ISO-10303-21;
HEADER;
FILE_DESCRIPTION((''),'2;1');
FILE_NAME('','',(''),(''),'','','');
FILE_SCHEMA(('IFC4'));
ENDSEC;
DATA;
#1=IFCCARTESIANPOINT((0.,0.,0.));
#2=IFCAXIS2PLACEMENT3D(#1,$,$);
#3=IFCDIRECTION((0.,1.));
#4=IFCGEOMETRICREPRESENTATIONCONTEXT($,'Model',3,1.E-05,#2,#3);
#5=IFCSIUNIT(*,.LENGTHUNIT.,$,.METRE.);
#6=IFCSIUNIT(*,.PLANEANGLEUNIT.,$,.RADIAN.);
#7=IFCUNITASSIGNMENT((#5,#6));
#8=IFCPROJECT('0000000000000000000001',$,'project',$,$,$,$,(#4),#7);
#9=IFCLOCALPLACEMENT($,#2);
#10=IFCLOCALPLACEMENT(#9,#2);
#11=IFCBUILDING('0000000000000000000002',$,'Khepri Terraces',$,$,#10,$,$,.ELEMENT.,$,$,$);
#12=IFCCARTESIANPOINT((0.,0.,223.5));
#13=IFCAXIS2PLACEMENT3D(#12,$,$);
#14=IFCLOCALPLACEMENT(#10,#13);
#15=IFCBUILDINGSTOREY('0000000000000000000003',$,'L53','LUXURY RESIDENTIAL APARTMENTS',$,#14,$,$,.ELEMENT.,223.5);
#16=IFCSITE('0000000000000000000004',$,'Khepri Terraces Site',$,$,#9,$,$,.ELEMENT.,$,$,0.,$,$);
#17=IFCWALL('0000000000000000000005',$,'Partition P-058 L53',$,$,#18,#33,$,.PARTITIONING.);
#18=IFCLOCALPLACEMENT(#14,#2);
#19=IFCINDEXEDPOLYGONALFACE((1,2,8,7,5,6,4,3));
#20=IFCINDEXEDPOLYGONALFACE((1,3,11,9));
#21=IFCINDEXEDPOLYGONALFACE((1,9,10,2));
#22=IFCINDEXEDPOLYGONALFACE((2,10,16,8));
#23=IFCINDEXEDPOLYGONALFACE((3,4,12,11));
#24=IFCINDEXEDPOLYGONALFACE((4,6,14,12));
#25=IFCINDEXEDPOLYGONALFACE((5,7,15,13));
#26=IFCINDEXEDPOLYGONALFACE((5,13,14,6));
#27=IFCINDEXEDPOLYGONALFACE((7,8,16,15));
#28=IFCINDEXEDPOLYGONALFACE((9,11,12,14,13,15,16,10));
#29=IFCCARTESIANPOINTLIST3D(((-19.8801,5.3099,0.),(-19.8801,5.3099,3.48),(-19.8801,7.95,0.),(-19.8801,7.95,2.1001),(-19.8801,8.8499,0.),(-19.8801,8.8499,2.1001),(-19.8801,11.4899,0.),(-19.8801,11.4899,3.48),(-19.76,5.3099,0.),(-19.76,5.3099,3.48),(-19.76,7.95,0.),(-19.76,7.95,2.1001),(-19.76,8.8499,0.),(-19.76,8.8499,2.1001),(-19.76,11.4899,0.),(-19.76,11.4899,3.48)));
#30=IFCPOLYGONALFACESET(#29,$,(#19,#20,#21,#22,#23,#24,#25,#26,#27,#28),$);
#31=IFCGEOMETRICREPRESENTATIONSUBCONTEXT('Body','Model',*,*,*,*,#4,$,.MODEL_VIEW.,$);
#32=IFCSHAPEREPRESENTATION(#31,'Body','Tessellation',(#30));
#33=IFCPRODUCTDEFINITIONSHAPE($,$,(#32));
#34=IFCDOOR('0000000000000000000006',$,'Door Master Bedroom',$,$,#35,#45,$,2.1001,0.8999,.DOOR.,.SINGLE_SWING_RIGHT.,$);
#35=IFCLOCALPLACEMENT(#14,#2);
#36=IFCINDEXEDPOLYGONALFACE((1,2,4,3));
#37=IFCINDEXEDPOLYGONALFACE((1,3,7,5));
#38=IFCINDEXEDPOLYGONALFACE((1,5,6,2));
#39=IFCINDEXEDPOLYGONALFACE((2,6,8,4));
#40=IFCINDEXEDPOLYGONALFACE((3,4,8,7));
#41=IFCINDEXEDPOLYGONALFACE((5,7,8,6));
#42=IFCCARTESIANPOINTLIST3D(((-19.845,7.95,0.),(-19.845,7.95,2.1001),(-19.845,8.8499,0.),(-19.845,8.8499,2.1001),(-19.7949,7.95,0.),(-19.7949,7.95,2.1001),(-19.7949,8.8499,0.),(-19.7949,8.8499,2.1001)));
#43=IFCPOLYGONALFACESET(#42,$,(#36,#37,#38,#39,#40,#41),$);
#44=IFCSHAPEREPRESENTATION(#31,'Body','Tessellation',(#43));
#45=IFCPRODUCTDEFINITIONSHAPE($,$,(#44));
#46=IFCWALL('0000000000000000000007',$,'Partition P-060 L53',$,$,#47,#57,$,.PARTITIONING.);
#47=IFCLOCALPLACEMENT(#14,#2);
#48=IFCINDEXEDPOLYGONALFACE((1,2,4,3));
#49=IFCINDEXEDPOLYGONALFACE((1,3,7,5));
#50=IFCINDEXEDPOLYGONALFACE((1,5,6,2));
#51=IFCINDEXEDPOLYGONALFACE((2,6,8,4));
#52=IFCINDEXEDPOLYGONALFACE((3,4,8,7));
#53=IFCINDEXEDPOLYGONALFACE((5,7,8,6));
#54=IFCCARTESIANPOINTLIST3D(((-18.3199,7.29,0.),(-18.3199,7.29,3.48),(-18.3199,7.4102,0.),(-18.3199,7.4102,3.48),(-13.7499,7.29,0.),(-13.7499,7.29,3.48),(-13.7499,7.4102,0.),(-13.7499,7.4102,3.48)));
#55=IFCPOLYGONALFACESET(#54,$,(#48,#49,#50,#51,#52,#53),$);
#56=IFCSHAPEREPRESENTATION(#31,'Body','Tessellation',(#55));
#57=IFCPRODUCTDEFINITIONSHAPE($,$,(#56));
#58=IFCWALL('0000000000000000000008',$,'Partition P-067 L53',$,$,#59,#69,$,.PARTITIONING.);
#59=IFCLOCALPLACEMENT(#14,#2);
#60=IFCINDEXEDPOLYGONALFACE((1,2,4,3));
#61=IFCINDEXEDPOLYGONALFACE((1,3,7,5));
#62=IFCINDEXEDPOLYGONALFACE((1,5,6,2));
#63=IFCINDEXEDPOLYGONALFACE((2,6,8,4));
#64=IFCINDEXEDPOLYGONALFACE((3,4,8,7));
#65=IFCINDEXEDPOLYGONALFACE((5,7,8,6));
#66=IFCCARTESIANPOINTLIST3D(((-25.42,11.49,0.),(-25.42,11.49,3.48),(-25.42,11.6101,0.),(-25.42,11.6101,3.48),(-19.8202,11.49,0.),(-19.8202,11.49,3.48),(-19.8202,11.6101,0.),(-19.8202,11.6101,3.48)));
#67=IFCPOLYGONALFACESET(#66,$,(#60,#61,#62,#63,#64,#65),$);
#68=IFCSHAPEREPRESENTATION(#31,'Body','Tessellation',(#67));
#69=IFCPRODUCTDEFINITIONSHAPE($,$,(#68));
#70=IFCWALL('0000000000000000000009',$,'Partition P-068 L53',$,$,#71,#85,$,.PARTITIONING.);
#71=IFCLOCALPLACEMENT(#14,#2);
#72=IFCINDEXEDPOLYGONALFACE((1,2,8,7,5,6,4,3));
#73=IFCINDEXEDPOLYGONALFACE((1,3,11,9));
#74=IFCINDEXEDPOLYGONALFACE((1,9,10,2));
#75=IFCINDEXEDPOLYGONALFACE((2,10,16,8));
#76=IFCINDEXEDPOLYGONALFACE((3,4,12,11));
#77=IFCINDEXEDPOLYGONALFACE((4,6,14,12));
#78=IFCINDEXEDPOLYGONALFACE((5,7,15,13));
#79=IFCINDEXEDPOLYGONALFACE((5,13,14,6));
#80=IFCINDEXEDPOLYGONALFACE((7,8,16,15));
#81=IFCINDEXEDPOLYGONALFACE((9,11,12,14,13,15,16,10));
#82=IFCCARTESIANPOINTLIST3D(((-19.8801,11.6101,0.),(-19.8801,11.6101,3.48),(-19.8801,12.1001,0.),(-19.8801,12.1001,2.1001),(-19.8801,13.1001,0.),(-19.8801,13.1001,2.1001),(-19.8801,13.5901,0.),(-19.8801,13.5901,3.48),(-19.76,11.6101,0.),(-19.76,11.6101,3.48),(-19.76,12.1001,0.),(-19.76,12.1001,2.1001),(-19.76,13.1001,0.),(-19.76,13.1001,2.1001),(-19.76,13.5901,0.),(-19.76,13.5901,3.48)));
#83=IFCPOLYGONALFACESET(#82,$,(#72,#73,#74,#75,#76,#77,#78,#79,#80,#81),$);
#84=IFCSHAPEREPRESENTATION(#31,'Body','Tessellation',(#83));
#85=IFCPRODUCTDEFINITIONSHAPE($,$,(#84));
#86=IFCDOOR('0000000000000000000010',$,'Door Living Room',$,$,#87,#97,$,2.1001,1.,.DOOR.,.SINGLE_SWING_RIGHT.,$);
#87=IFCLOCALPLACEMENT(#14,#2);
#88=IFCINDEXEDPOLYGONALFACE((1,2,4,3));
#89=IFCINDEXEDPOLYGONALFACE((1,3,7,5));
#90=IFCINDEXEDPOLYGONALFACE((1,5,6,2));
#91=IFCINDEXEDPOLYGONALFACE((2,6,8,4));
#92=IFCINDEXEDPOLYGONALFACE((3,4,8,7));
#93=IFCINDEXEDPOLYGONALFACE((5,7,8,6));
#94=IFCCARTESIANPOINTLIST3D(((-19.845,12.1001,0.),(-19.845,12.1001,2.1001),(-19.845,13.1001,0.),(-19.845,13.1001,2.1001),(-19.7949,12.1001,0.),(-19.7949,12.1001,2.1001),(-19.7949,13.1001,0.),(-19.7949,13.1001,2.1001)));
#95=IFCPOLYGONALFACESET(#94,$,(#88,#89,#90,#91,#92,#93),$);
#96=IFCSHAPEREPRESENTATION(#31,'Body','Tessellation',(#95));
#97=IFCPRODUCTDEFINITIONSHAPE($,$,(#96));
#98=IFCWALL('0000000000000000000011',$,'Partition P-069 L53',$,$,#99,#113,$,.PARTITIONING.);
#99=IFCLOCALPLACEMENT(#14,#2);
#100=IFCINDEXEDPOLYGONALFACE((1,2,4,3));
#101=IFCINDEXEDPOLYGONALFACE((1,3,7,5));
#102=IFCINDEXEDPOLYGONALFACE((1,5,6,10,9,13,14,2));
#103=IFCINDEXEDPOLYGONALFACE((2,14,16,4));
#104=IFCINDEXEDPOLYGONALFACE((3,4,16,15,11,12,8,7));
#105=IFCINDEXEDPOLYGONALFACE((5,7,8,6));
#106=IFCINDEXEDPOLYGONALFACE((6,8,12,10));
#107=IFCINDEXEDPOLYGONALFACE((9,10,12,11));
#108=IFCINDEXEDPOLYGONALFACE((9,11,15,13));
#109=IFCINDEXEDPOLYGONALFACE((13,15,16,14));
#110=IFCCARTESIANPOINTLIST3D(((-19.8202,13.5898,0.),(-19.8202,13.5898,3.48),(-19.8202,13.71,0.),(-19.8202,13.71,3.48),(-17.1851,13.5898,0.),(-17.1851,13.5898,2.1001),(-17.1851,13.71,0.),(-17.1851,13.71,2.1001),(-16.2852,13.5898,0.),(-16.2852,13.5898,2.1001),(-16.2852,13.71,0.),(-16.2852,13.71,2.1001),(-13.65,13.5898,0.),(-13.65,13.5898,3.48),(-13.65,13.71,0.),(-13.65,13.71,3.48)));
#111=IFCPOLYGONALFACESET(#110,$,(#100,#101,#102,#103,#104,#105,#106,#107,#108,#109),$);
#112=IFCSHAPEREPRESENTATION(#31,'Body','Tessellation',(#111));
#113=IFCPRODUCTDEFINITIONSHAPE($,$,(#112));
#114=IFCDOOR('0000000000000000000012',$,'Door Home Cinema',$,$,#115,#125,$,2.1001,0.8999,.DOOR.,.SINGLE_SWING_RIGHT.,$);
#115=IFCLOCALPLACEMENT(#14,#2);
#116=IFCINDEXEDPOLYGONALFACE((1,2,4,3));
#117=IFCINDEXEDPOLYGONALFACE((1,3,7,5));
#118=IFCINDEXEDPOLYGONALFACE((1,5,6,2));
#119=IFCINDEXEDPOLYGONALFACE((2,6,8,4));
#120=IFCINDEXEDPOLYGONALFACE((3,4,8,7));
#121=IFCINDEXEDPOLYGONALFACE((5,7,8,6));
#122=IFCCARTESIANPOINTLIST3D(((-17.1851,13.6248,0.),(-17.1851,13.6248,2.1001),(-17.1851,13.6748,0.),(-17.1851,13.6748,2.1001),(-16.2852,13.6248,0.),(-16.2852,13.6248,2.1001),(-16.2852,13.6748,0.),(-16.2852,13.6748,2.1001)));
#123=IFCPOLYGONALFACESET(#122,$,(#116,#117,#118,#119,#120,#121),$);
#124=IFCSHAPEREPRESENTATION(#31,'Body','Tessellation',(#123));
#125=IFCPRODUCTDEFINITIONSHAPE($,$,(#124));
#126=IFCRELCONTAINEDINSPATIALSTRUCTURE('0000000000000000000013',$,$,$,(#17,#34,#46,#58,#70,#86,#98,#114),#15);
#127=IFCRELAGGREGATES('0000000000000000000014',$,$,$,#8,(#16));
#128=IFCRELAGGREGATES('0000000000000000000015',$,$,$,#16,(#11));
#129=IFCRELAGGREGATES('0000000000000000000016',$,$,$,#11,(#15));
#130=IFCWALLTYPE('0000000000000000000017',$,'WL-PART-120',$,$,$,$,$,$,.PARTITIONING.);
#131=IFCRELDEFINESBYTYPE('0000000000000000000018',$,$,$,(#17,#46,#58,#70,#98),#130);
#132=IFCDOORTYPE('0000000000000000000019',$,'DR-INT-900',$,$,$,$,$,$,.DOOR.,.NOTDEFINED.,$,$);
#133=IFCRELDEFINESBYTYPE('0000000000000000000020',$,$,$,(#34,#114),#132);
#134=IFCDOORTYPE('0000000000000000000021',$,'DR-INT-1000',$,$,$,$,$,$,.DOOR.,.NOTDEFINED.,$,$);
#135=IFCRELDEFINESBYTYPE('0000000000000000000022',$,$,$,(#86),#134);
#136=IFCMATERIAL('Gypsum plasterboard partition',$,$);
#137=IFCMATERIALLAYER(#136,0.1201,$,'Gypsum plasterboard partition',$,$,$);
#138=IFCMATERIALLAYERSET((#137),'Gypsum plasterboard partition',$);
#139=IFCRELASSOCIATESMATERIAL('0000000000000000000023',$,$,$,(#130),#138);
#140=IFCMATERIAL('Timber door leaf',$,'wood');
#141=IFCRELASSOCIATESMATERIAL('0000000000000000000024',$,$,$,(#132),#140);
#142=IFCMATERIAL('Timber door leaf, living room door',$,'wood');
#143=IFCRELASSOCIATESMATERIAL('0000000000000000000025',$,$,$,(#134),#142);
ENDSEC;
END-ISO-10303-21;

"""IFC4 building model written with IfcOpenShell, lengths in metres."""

from ifc_helpers import new_model, si_unit, direction, frame, frame_2d, origin, place, context, subcontext, project, spatial, rectangle, extrude, material, layer, layer_set, type_object, element, fill, save


model = new_model("IFC4")

# Units and contexts
model_context = context("Model", 3, precision=1e-05, world=origin(), true_north=direction((0.0, 1.0)))
body_context = subcontext(model_context, "Body", "Model", "MODEL_VIEW")
ifc_project = project(units=[si_unit("LENGTHUNIT", "METRE"), si_unit("PLANEANGLEUNIT", "RADIAN")], contexts=[model_context])

# Site, building, storey
site_placement = place(None, origin())
site = spatial("IfcSite", under=ifc_project, at=site_placement, Name="Khepri Terraces Site", CompositionType="ELEMENT", RefElevation=0.0)
building_placement = place(site_placement, origin())
building = spatial("IfcBuilding", under=site, at=building_placement, Name="Khepri Terraces", CompositionType="ELEMENT")
storey_placement = place(building_placement, frame((0.0, 0.0, 223.5)))
storey = spatial("IfcBuildingStorey", under=building, at=storey_placement, Name="L53", Description="LUXURY RESIDENTIAL APARTMENTS", CompositionType="ELEMENT", Elevation=223.5)

# Shared definitions
ifc_material_1 = material(Name="Gypsum plasterboard partition")
ifc_layer_1 = layer(ifc_material_1, 0.1201, Name="Gypsum plasterboard partition")
ifc_layer_set_1 = layer_set([ifc_layer_1], Name="Gypsum plasterboard partition")
wall_type_1 = type_object("IfcWallType", Name="WL-PART-120", PredefinedType="PARTITIONING", material=ifc_layer_set_1)

# Shared definitions
ifc_material_2 = material(Name="Timber door leaf", Category="wood")
door_type_1 = type_object("IfcDoorType", Name="DR-INT-900", OperationType="NOTDEFINED", PredefinedType="DOOR", material=ifc_material_2)

# Wall, opening, door
wall_1_placement = place(storey_placement, frame((-19.8201, 5.3101, 0.0), z_axis=(0.0, 0.0, 1.0), x_axis=(0.0, 1.0, 0.0)))
wall_1 = element("IfcWall", 1, at=wall_1_placement, inside=storey, type_object=wall_type_1, Name="Partition P-058 L53", PredefinedType="PARTITIONING", context=body_context, shape_type="SweptSolid", body=[
    extrude(rectangle(XDim=6.1799, YDim=0.1201, at=frame_2d((3.0898, 0.0))), origin(), (0.0, 0.0, 1.0), 3.48),
])
opening_1_placement = place(wall_1_placement, frame((2.6399, 0.0, 0.0)))
opening_1 = element("IfcOpeningElement", 2, at=opening_1_placement, cuts=wall_1, PredefinedType="OPENING", context=body_context, shape_type="SweptSolid", body=[
    extrude(rectangle(XDim=0.8999, YDim=2.1001, at=frame_2d((0.45, 1.05))), frame((0.0, 0.0701, 0.0), z_axis=(0.0, -1.0, 0.0), x_axis=(1.0, 0.0, 0.0)), (0.0, 0.0, 1.0), 0.1401),
])
door_1_placement = place(opening_1_placement, origin())
door_1 = element("IfcDoor", 3, at=door_1_placement, inside=storey, type_object=door_type_1, Name="Door Master Bedroom", OperationType="SINGLE_SWING_RIGHT", OverallHeight=2.1001, OverallWidth=0.8999, PredefinedType="DOOR", context=body_context, shape_type="SweptSolid", body=[
    extrude(rectangle(XDim=0.8999, YDim=2.1001, at=frame_2d((0.45, 1.05))), frame((0.0, 0.0249, 0.0), z_axis=(0.0, -1.0, 0.0), x_axis=(1.0, 0.0, 0.0)), (0.0, 0.0, 1.0), 0.05),
])
fill(opening_1, door_1)

# Walls
wall_2_placement = place(storey_placement, frame((-18.3201, 7.3501, 0.0), z_axis=(0.0, 0.0, 1.0), x_axis=(1.0, 0.0, 0.0)))
element("IfcWall", 4, at=wall_2_placement, inside=storey, type_object=wall_type_1, Name="Partition P-060 L53", PredefinedType="PARTITIONING", context=body_context, shape_type="SweptSolid", body=[
    extrude(rectangle(XDim=4.5701, YDim=0.1201, at=frame_2d((2.2852, 0.0))), origin(), (0.0, 0.0, 1.0), 3.48),
])
wall_3_placement = place(storey_placement, frame((-25.4199, 11.55, 0.0), z_axis=(0.0, 0.0, 1.0), x_axis=(1.0, 0.0, 0.0)))
element("IfcWall", 5, at=wall_3_placement, inside=storey, type_object=wall_type_1, Name="Partition P-067 L53", PredefinedType="PARTITIONING", context=body_context, shape_type="SweptSolid", body=[
    extrude(rectangle(XDim=5.5999, YDim=0.1201, at=frame_2d((2.7998, 0.0))), origin(), (0.0, 0.0, 1.0), 3.48),
])

# Walls, openings, doors
wall_4_placement = place(storey_placement, frame((-19.8201, 11.6101, 0.0), z_axis=(0.0, 0.0, 1.0), x_axis=(0.0, 1.0, 0.0)))
wall_4 = element("IfcWall", 6, at=wall_4_placement, inside=storey, type_object=wall_type_1, Name="Partition P-068 L53", PredefinedType="PARTITIONING", context=body_context, shape_type="SweptSolid", body=[
    extrude(rectangle(XDim=1.98, YDim=0.1201, at=frame_2d((0.99, 0.0))), origin(), (0.0, 0.0, 1.0), 3.48),
])
opening_2_placement = place(wall_4_placement, frame((0.49, 0.0, 0.0)))
opening_2 = element("IfcOpeningElement", 7, at=opening_2_placement, cuts=wall_4, PredefinedType="OPENING", context=body_context, shape_type="SweptSolid", body=[
    extrude(rectangle(XDim=1.0, YDim=2.1001, at=frame_2d((0.5, 1.05))), frame((0.0, 0.0701, 0.0), z_axis=(0.0, -1.0, 0.0), x_axis=(1.0, 0.0, 0.0)), (0.0, 0.0, 1.0), 0.1401),
])
ifc_material_3 = material(Name="Timber door leaf, living room door", Category="wood")
door_type_2 = type_object("IfcDoorType", Name="DR-INT-1000", OperationType="NOTDEFINED", PredefinedType="DOOR", material=ifc_material_3)
door_2_placement = place(opening_2_placement, origin())
door_2 = element("IfcDoor", 8, at=door_2_placement, inside=storey, type_object=door_type_2, Name="Door Living Room", OperationType="SINGLE_SWING_RIGHT", OverallHeight=2.1001, OverallWidth=1.0, PredefinedType="DOOR", context=body_context, shape_type="SweptSolid", body=[
    extrude(rectangle(XDim=1.0, YDim=2.1001, at=frame_2d((0.5, 1.05))), frame((0.0, 0.0249, 0.0), z_axis=(0.0, -1.0, 0.0), x_axis=(1.0, 0.0, 0.0)), (0.0, 0.0, 1.0), 0.05),
])
fill(opening_2, door_2)
wall_5_placement = place(storey_placement, frame((-19.8201, 13.6499, 0.0), z_axis=(0.0, 0.0, 1.0), x_axis=(1.0, 0.0, 0.0)))
wall_5 = element("IfcWall", 9, at=wall_5_placement, inside=storey, type_object=wall_type_1, Name="Partition P-069 L53", PredefinedType="PARTITIONING", context=body_context, shape_type="SweptSolid", body=[
    extrude(rectangle(XDim=6.1702, YDim=0.1201, at=frame_2d((3.085, 0.0))), origin(), (0.0, 0.0, 1.0), 3.48),
])
opening_3_placement = place(wall_5_placement, frame((2.635, 0.0, 0.0)))
opening_3 = element("IfcOpeningElement", 10, at=opening_3_placement, cuts=wall_5, PredefinedType="OPENING", context=body_context, shape_type="SweptSolid", body=[
    extrude(rectangle(XDim=0.8999, YDim=2.1001, at=frame_2d((0.45, 1.05))), frame((0.0, 0.0701, 0.0), z_axis=(0.0, -1.0, 0.0), x_axis=(1.0, 0.0, 0.0)), (0.0, 0.0, 1.0), 0.1401),
])
door_3_placement = place(opening_3_placement, origin())
door_3 = element("IfcDoor", 11, at=door_3_placement, inside=storey, type_object=door_type_1, Name="Door Home Cinema", OperationType="SINGLE_SWING_RIGHT", OverallHeight=2.1001, OverallWidth=0.8999, PredefinedType="DOOR", context=body_context, shape_type="SweptSolid", body=[
    extrude(rectangle(XDim=0.8999, YDim=2.1001, at=frame_2d((0.45, 1.05))), frame((0.0, 0.0249, 0.0), z_axis=(0.0, -1.0, 0.0), x_axis=(1.0, 0.0, 0.0)), (0.0, 0.0, 1.0), 0.05),
])
fill(opening_3, door_3)

save(model, "model.ifc")
